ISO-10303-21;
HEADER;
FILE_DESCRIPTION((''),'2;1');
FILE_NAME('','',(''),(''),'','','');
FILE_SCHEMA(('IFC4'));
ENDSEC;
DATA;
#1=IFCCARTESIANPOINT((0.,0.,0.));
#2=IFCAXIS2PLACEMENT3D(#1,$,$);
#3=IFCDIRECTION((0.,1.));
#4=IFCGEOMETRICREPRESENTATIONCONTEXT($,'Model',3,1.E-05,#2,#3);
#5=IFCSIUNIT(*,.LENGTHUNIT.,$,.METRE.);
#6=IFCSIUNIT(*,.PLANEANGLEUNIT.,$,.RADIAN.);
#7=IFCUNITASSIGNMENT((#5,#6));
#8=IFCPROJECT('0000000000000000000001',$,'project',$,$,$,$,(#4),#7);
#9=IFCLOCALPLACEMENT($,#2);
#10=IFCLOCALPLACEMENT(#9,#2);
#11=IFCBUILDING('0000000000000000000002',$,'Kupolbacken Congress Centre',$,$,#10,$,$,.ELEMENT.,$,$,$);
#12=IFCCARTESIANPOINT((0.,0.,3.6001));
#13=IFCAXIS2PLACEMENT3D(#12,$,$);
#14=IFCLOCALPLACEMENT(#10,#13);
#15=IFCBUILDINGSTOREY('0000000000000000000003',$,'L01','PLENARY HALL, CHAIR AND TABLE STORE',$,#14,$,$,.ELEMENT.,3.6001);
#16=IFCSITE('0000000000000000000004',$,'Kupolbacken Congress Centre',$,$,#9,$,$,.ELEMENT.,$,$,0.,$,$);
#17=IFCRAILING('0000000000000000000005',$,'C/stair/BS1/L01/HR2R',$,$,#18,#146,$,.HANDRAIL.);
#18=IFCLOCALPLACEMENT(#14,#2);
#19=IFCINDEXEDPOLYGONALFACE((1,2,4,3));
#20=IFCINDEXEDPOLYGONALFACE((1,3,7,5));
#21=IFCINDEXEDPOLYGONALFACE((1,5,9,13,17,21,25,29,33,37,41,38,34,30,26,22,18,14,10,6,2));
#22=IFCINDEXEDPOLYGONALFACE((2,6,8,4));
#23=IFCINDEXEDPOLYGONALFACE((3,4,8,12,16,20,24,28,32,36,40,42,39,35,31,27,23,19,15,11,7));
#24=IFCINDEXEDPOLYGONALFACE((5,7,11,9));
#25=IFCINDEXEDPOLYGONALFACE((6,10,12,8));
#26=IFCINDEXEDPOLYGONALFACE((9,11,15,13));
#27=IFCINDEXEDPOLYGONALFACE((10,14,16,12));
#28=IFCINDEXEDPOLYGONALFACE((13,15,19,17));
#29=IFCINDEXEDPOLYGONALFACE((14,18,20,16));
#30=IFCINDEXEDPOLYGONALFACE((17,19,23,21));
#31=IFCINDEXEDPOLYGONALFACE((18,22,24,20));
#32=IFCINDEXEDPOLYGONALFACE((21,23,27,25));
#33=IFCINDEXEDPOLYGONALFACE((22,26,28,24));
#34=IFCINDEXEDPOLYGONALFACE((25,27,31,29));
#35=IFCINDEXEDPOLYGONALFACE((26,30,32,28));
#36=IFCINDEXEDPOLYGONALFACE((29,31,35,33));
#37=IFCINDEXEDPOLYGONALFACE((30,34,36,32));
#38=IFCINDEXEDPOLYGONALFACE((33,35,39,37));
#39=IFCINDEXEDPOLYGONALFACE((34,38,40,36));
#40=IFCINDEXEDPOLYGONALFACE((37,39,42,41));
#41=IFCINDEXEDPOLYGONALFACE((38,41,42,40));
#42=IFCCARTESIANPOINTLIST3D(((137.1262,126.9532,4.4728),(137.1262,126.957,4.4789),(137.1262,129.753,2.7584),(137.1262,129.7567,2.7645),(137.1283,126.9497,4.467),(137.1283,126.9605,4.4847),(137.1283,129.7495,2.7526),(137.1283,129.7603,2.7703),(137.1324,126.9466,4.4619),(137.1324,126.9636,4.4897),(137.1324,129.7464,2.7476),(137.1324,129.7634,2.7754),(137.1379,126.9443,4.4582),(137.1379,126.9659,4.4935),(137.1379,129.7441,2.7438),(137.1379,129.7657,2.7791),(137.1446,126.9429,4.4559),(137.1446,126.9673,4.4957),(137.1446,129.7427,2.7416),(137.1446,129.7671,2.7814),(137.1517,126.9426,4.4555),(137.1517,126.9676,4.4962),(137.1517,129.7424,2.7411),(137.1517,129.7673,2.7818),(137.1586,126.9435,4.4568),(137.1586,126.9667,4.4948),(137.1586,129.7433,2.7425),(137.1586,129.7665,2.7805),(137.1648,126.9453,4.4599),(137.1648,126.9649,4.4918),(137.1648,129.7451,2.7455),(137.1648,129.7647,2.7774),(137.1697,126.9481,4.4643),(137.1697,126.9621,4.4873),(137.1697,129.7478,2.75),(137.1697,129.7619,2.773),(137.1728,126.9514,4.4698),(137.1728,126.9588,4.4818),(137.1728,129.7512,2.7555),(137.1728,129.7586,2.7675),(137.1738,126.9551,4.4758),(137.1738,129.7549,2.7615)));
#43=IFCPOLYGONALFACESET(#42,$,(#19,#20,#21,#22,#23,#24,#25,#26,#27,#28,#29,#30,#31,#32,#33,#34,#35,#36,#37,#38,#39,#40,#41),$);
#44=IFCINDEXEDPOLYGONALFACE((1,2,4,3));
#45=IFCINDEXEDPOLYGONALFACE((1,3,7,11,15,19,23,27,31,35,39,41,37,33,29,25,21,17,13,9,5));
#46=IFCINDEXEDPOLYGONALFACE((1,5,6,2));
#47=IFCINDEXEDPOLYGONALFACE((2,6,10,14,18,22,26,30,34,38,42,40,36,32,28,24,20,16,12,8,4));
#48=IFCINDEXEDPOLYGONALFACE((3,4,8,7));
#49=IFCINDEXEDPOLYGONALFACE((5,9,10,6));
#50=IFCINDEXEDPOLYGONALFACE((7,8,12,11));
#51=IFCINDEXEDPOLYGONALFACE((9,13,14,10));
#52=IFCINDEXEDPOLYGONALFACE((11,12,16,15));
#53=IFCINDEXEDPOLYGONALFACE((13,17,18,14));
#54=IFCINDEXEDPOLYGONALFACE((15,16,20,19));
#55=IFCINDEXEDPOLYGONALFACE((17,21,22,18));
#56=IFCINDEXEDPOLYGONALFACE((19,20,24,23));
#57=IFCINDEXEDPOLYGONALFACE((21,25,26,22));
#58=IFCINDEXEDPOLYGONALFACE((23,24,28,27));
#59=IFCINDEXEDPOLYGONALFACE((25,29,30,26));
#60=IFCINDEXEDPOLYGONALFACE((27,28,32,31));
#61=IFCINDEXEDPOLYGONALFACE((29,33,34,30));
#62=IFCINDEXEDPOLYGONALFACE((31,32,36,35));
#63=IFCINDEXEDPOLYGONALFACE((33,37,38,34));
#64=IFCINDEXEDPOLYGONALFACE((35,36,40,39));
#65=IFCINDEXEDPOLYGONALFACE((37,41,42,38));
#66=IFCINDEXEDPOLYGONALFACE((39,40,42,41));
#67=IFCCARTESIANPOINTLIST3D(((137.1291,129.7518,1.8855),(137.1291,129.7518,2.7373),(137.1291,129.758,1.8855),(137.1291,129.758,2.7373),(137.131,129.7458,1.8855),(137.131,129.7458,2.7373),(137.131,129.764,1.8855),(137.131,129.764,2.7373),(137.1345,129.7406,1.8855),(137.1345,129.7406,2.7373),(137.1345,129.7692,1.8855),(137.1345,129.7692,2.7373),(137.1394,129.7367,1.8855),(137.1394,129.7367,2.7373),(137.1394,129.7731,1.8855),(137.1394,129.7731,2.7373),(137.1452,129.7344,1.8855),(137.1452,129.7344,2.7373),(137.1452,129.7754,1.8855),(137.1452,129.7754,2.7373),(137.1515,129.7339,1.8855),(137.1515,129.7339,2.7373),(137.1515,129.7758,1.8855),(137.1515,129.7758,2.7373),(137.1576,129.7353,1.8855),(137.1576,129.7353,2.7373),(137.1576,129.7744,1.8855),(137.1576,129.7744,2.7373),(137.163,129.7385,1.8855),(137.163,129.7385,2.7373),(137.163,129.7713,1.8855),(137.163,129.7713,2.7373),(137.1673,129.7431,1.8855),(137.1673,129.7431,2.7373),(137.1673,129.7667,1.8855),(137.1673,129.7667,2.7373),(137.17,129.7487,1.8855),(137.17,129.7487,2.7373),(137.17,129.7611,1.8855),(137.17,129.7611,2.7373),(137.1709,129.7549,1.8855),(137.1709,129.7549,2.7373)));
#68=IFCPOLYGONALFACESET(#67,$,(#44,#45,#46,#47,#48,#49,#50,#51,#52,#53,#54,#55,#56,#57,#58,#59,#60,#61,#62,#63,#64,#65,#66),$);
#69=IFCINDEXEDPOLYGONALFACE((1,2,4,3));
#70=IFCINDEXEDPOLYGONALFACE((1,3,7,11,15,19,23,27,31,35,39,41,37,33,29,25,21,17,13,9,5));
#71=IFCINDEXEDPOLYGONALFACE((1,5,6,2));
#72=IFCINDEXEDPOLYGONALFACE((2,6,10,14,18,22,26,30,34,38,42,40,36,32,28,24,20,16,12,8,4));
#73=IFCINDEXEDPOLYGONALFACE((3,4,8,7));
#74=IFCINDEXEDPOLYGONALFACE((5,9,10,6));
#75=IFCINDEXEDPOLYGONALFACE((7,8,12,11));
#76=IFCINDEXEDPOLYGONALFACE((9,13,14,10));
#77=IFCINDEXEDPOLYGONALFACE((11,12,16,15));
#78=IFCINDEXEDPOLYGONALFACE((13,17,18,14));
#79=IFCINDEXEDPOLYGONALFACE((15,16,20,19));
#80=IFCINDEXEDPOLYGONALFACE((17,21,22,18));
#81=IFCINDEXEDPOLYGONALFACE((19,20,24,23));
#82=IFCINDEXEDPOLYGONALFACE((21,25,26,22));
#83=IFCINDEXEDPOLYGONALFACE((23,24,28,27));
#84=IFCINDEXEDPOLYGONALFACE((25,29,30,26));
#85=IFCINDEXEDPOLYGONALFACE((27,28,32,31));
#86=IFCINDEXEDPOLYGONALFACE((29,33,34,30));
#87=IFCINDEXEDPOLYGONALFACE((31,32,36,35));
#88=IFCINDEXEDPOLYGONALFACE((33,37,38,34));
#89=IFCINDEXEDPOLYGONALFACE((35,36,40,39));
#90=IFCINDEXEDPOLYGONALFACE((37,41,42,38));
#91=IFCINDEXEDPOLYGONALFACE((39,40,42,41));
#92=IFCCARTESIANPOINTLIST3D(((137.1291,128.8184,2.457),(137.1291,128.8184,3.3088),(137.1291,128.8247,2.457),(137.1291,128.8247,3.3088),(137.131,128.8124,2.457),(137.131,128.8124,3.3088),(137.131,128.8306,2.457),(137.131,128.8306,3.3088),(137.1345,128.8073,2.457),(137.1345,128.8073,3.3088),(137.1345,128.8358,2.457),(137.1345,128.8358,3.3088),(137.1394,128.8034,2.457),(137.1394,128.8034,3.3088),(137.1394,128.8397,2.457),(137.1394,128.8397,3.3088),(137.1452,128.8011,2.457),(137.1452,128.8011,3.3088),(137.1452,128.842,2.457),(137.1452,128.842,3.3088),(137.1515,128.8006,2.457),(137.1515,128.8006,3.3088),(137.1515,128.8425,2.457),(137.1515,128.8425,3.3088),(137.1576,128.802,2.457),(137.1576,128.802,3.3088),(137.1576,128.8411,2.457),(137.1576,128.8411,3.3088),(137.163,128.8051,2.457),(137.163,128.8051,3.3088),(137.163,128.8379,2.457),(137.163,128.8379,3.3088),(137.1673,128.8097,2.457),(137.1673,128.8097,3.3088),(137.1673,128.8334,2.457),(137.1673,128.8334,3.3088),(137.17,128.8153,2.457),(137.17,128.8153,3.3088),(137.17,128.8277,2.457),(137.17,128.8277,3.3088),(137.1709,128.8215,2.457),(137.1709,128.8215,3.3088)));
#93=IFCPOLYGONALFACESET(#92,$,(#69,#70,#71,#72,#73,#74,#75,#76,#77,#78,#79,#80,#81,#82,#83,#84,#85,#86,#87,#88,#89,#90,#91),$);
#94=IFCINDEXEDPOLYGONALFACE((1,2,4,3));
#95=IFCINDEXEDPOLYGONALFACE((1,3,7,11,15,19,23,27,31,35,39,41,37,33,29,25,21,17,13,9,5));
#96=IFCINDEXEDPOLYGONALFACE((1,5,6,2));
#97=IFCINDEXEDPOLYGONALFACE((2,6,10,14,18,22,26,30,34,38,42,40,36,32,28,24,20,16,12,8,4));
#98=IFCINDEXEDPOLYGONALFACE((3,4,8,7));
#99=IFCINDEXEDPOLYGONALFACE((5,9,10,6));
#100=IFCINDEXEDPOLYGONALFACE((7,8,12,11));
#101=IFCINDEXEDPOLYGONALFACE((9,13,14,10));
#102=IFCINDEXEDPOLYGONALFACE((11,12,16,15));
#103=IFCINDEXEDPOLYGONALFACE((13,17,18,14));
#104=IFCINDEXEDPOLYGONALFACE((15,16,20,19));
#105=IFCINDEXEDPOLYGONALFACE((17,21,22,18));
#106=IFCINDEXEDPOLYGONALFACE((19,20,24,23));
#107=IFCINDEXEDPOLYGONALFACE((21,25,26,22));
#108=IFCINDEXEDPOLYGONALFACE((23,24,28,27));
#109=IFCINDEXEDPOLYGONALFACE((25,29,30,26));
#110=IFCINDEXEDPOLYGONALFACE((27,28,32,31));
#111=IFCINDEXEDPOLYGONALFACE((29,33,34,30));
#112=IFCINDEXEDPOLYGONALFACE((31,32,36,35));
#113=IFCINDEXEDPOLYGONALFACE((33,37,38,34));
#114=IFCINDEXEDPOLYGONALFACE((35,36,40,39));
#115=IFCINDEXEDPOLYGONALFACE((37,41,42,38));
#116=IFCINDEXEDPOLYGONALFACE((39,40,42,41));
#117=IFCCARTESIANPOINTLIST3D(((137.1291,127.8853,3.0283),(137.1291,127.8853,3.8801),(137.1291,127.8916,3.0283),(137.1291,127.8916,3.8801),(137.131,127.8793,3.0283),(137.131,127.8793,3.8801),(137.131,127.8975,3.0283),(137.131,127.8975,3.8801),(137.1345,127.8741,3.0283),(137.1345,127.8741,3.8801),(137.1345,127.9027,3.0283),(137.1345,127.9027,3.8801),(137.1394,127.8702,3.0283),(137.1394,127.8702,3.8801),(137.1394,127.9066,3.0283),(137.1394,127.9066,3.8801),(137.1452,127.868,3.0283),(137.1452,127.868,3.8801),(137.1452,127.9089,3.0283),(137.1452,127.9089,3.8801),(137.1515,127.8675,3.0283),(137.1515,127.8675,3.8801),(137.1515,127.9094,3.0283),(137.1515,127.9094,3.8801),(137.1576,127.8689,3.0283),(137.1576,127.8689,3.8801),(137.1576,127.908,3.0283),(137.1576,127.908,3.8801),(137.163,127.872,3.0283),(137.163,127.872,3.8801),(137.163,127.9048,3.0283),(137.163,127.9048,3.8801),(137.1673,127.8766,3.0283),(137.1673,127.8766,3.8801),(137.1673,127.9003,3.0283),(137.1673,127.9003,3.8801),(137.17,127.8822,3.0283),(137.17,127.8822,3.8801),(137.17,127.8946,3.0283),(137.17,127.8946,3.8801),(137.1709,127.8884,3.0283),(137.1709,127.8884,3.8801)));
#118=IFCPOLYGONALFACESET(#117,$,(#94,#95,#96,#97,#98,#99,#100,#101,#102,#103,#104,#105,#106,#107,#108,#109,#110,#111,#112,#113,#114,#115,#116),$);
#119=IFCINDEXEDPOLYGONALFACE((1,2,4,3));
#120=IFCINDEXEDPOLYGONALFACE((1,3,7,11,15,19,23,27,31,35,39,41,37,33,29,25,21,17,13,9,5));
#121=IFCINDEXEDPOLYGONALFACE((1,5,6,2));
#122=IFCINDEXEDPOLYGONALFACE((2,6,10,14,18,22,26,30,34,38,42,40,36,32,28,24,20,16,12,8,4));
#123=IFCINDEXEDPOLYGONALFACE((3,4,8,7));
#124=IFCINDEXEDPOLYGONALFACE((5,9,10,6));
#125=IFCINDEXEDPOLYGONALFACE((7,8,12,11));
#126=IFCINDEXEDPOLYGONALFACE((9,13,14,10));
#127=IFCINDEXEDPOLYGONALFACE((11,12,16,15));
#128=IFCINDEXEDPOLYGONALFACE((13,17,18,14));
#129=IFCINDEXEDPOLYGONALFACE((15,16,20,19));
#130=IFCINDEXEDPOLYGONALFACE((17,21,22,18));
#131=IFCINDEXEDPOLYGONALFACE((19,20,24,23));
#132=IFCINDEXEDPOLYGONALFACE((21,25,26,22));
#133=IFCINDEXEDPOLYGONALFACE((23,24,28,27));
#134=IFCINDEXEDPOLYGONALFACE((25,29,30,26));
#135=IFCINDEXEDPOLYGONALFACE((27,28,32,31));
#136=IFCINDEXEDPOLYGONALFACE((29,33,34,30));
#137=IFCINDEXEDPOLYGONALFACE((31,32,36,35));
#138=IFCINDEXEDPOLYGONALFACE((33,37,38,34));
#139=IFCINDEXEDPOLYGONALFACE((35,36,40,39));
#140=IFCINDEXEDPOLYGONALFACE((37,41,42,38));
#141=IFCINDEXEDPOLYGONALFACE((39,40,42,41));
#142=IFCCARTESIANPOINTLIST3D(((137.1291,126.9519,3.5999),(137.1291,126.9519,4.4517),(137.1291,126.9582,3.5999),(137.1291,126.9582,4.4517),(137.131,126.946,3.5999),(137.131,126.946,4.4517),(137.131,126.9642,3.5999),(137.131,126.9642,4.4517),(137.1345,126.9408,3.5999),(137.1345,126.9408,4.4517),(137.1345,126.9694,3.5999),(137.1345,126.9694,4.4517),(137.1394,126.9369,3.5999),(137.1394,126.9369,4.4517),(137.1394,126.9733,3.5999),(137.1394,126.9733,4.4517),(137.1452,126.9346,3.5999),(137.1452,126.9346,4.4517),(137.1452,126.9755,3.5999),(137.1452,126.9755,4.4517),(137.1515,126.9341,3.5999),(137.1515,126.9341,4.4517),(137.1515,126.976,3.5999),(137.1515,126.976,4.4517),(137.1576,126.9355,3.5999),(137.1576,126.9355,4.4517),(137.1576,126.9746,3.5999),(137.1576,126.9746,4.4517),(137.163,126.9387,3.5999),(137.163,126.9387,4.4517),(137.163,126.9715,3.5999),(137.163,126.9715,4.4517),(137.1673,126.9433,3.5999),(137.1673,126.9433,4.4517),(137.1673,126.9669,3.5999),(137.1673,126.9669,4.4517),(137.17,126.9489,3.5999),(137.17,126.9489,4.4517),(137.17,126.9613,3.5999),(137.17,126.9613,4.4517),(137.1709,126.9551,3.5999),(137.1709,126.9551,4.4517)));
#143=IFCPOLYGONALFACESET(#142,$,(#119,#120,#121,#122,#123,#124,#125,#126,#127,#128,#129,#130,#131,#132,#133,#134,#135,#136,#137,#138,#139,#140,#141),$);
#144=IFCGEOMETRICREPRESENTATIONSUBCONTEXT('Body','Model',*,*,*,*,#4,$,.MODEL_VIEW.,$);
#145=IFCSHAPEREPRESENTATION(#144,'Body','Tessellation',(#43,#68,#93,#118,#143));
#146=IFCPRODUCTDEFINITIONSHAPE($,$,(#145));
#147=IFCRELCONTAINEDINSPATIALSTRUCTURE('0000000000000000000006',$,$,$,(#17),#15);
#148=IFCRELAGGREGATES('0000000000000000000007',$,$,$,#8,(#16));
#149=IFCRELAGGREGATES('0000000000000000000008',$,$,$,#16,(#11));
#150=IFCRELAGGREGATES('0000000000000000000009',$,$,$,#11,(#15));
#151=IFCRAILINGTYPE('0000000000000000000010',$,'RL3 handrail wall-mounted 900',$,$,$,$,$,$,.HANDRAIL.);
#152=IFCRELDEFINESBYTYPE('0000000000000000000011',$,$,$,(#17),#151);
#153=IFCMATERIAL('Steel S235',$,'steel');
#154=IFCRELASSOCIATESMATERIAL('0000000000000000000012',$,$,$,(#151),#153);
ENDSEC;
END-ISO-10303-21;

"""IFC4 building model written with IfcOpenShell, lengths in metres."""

from ifc_helpers import new_model, si_unit, direction, frame, origin, origin_2d, place, context, subcontext, project, spatial, circle, extrude, material, type_object, element, save


model = new_model("IFC4")

# Units and contexts
model_context = context("Model", 3, precision=1e-05, world=origin(), true_north=direction((0.0, 1.0)))
body_context = subcontext(model_context, "Body", "Model", "MODEL_VIEW")
ifc_project = project(units=[si_unit("LENGTHUNIT", "METRE"), si_unit("PLANEANGLEUNIT", "RADIAN")], contexts=[model_context])

# Site, building, storey
site_placement = place(None, origin())
site = spatial("IfcSite", under=ifc_project, at=site_placement, Name="Kupolbacken Congress Centre", CompositionType="ELEMENT", RefElevation=0.0)
building_placement = place(site_placement, origin())
building = spatial("IfcBuilding", under=site, at=building_placement, Name="Kupolbacken Congress Centre", CompositionType="ELEMENT")
storey_placement = place(building_placement, frame((0.0, 0.0, 3.6001)))
storey = spatial("IfcBuildingStorey", under=building, at=storey_placement, Name="L01", Description="PLENARY HALL, CHAIR AND TABLE STORE", CompositionType="ELEMENT", Elevation=3.6001)

# Railing
ifc_material_1 = material(Name="Steel S235", Category="steel")
railing_type_1 = type_object("IfcRailingType", Name="RL3 handrail wall-mounted 900", PredefinedType="HANDRAIL", material=ifc_material_1)
for number, where, name in (
    (1, (137.1499, 129.7549, 1.8855), "C/stair/BS1/L01/HR2R"),
):
    element("IfcRailing", number, at=place(storey_placement, frame(where)), inside=storey, type_object=railing_type_1, Name=name, PredefinedType="HANDRAIL", context=body_context, shape_type="SweptSolid", body=[
        extrude(circle(Radius=0.0239, at=origin_2d()), frame((0.0, 0.0, 0.876), z_axis=(0.0, -0.852826, 0.522196), x_axis=(1.0, 0.0, 0.0)), (0.0, 0.0, 1.0), 3.283),
        extrude(circle(Radius=0.021, at=origin_2d()), origin(), (0.0, 0.0, 1.0), 0.8518),
        extrude(circle(Radius=0.021, at=origin_2d()), frame((0.0, -0.9333, 0.5715)), (0.0, 0.0, 1.0), 0.8518),
        extrude(circle(Radius=0.021, at=origin_2d()), frame((0.0, -1.8665, 1.1428)), (0.0, 0.0, 1.0), 0.8518),
        extrude(circle(Radius=0.021, at=origin_2d()), frame((0.0, -2.7998, 1.7144)), (0.0, 0.0, 1.0), 0.8518),
    ])

save(model, "model.ifc")
